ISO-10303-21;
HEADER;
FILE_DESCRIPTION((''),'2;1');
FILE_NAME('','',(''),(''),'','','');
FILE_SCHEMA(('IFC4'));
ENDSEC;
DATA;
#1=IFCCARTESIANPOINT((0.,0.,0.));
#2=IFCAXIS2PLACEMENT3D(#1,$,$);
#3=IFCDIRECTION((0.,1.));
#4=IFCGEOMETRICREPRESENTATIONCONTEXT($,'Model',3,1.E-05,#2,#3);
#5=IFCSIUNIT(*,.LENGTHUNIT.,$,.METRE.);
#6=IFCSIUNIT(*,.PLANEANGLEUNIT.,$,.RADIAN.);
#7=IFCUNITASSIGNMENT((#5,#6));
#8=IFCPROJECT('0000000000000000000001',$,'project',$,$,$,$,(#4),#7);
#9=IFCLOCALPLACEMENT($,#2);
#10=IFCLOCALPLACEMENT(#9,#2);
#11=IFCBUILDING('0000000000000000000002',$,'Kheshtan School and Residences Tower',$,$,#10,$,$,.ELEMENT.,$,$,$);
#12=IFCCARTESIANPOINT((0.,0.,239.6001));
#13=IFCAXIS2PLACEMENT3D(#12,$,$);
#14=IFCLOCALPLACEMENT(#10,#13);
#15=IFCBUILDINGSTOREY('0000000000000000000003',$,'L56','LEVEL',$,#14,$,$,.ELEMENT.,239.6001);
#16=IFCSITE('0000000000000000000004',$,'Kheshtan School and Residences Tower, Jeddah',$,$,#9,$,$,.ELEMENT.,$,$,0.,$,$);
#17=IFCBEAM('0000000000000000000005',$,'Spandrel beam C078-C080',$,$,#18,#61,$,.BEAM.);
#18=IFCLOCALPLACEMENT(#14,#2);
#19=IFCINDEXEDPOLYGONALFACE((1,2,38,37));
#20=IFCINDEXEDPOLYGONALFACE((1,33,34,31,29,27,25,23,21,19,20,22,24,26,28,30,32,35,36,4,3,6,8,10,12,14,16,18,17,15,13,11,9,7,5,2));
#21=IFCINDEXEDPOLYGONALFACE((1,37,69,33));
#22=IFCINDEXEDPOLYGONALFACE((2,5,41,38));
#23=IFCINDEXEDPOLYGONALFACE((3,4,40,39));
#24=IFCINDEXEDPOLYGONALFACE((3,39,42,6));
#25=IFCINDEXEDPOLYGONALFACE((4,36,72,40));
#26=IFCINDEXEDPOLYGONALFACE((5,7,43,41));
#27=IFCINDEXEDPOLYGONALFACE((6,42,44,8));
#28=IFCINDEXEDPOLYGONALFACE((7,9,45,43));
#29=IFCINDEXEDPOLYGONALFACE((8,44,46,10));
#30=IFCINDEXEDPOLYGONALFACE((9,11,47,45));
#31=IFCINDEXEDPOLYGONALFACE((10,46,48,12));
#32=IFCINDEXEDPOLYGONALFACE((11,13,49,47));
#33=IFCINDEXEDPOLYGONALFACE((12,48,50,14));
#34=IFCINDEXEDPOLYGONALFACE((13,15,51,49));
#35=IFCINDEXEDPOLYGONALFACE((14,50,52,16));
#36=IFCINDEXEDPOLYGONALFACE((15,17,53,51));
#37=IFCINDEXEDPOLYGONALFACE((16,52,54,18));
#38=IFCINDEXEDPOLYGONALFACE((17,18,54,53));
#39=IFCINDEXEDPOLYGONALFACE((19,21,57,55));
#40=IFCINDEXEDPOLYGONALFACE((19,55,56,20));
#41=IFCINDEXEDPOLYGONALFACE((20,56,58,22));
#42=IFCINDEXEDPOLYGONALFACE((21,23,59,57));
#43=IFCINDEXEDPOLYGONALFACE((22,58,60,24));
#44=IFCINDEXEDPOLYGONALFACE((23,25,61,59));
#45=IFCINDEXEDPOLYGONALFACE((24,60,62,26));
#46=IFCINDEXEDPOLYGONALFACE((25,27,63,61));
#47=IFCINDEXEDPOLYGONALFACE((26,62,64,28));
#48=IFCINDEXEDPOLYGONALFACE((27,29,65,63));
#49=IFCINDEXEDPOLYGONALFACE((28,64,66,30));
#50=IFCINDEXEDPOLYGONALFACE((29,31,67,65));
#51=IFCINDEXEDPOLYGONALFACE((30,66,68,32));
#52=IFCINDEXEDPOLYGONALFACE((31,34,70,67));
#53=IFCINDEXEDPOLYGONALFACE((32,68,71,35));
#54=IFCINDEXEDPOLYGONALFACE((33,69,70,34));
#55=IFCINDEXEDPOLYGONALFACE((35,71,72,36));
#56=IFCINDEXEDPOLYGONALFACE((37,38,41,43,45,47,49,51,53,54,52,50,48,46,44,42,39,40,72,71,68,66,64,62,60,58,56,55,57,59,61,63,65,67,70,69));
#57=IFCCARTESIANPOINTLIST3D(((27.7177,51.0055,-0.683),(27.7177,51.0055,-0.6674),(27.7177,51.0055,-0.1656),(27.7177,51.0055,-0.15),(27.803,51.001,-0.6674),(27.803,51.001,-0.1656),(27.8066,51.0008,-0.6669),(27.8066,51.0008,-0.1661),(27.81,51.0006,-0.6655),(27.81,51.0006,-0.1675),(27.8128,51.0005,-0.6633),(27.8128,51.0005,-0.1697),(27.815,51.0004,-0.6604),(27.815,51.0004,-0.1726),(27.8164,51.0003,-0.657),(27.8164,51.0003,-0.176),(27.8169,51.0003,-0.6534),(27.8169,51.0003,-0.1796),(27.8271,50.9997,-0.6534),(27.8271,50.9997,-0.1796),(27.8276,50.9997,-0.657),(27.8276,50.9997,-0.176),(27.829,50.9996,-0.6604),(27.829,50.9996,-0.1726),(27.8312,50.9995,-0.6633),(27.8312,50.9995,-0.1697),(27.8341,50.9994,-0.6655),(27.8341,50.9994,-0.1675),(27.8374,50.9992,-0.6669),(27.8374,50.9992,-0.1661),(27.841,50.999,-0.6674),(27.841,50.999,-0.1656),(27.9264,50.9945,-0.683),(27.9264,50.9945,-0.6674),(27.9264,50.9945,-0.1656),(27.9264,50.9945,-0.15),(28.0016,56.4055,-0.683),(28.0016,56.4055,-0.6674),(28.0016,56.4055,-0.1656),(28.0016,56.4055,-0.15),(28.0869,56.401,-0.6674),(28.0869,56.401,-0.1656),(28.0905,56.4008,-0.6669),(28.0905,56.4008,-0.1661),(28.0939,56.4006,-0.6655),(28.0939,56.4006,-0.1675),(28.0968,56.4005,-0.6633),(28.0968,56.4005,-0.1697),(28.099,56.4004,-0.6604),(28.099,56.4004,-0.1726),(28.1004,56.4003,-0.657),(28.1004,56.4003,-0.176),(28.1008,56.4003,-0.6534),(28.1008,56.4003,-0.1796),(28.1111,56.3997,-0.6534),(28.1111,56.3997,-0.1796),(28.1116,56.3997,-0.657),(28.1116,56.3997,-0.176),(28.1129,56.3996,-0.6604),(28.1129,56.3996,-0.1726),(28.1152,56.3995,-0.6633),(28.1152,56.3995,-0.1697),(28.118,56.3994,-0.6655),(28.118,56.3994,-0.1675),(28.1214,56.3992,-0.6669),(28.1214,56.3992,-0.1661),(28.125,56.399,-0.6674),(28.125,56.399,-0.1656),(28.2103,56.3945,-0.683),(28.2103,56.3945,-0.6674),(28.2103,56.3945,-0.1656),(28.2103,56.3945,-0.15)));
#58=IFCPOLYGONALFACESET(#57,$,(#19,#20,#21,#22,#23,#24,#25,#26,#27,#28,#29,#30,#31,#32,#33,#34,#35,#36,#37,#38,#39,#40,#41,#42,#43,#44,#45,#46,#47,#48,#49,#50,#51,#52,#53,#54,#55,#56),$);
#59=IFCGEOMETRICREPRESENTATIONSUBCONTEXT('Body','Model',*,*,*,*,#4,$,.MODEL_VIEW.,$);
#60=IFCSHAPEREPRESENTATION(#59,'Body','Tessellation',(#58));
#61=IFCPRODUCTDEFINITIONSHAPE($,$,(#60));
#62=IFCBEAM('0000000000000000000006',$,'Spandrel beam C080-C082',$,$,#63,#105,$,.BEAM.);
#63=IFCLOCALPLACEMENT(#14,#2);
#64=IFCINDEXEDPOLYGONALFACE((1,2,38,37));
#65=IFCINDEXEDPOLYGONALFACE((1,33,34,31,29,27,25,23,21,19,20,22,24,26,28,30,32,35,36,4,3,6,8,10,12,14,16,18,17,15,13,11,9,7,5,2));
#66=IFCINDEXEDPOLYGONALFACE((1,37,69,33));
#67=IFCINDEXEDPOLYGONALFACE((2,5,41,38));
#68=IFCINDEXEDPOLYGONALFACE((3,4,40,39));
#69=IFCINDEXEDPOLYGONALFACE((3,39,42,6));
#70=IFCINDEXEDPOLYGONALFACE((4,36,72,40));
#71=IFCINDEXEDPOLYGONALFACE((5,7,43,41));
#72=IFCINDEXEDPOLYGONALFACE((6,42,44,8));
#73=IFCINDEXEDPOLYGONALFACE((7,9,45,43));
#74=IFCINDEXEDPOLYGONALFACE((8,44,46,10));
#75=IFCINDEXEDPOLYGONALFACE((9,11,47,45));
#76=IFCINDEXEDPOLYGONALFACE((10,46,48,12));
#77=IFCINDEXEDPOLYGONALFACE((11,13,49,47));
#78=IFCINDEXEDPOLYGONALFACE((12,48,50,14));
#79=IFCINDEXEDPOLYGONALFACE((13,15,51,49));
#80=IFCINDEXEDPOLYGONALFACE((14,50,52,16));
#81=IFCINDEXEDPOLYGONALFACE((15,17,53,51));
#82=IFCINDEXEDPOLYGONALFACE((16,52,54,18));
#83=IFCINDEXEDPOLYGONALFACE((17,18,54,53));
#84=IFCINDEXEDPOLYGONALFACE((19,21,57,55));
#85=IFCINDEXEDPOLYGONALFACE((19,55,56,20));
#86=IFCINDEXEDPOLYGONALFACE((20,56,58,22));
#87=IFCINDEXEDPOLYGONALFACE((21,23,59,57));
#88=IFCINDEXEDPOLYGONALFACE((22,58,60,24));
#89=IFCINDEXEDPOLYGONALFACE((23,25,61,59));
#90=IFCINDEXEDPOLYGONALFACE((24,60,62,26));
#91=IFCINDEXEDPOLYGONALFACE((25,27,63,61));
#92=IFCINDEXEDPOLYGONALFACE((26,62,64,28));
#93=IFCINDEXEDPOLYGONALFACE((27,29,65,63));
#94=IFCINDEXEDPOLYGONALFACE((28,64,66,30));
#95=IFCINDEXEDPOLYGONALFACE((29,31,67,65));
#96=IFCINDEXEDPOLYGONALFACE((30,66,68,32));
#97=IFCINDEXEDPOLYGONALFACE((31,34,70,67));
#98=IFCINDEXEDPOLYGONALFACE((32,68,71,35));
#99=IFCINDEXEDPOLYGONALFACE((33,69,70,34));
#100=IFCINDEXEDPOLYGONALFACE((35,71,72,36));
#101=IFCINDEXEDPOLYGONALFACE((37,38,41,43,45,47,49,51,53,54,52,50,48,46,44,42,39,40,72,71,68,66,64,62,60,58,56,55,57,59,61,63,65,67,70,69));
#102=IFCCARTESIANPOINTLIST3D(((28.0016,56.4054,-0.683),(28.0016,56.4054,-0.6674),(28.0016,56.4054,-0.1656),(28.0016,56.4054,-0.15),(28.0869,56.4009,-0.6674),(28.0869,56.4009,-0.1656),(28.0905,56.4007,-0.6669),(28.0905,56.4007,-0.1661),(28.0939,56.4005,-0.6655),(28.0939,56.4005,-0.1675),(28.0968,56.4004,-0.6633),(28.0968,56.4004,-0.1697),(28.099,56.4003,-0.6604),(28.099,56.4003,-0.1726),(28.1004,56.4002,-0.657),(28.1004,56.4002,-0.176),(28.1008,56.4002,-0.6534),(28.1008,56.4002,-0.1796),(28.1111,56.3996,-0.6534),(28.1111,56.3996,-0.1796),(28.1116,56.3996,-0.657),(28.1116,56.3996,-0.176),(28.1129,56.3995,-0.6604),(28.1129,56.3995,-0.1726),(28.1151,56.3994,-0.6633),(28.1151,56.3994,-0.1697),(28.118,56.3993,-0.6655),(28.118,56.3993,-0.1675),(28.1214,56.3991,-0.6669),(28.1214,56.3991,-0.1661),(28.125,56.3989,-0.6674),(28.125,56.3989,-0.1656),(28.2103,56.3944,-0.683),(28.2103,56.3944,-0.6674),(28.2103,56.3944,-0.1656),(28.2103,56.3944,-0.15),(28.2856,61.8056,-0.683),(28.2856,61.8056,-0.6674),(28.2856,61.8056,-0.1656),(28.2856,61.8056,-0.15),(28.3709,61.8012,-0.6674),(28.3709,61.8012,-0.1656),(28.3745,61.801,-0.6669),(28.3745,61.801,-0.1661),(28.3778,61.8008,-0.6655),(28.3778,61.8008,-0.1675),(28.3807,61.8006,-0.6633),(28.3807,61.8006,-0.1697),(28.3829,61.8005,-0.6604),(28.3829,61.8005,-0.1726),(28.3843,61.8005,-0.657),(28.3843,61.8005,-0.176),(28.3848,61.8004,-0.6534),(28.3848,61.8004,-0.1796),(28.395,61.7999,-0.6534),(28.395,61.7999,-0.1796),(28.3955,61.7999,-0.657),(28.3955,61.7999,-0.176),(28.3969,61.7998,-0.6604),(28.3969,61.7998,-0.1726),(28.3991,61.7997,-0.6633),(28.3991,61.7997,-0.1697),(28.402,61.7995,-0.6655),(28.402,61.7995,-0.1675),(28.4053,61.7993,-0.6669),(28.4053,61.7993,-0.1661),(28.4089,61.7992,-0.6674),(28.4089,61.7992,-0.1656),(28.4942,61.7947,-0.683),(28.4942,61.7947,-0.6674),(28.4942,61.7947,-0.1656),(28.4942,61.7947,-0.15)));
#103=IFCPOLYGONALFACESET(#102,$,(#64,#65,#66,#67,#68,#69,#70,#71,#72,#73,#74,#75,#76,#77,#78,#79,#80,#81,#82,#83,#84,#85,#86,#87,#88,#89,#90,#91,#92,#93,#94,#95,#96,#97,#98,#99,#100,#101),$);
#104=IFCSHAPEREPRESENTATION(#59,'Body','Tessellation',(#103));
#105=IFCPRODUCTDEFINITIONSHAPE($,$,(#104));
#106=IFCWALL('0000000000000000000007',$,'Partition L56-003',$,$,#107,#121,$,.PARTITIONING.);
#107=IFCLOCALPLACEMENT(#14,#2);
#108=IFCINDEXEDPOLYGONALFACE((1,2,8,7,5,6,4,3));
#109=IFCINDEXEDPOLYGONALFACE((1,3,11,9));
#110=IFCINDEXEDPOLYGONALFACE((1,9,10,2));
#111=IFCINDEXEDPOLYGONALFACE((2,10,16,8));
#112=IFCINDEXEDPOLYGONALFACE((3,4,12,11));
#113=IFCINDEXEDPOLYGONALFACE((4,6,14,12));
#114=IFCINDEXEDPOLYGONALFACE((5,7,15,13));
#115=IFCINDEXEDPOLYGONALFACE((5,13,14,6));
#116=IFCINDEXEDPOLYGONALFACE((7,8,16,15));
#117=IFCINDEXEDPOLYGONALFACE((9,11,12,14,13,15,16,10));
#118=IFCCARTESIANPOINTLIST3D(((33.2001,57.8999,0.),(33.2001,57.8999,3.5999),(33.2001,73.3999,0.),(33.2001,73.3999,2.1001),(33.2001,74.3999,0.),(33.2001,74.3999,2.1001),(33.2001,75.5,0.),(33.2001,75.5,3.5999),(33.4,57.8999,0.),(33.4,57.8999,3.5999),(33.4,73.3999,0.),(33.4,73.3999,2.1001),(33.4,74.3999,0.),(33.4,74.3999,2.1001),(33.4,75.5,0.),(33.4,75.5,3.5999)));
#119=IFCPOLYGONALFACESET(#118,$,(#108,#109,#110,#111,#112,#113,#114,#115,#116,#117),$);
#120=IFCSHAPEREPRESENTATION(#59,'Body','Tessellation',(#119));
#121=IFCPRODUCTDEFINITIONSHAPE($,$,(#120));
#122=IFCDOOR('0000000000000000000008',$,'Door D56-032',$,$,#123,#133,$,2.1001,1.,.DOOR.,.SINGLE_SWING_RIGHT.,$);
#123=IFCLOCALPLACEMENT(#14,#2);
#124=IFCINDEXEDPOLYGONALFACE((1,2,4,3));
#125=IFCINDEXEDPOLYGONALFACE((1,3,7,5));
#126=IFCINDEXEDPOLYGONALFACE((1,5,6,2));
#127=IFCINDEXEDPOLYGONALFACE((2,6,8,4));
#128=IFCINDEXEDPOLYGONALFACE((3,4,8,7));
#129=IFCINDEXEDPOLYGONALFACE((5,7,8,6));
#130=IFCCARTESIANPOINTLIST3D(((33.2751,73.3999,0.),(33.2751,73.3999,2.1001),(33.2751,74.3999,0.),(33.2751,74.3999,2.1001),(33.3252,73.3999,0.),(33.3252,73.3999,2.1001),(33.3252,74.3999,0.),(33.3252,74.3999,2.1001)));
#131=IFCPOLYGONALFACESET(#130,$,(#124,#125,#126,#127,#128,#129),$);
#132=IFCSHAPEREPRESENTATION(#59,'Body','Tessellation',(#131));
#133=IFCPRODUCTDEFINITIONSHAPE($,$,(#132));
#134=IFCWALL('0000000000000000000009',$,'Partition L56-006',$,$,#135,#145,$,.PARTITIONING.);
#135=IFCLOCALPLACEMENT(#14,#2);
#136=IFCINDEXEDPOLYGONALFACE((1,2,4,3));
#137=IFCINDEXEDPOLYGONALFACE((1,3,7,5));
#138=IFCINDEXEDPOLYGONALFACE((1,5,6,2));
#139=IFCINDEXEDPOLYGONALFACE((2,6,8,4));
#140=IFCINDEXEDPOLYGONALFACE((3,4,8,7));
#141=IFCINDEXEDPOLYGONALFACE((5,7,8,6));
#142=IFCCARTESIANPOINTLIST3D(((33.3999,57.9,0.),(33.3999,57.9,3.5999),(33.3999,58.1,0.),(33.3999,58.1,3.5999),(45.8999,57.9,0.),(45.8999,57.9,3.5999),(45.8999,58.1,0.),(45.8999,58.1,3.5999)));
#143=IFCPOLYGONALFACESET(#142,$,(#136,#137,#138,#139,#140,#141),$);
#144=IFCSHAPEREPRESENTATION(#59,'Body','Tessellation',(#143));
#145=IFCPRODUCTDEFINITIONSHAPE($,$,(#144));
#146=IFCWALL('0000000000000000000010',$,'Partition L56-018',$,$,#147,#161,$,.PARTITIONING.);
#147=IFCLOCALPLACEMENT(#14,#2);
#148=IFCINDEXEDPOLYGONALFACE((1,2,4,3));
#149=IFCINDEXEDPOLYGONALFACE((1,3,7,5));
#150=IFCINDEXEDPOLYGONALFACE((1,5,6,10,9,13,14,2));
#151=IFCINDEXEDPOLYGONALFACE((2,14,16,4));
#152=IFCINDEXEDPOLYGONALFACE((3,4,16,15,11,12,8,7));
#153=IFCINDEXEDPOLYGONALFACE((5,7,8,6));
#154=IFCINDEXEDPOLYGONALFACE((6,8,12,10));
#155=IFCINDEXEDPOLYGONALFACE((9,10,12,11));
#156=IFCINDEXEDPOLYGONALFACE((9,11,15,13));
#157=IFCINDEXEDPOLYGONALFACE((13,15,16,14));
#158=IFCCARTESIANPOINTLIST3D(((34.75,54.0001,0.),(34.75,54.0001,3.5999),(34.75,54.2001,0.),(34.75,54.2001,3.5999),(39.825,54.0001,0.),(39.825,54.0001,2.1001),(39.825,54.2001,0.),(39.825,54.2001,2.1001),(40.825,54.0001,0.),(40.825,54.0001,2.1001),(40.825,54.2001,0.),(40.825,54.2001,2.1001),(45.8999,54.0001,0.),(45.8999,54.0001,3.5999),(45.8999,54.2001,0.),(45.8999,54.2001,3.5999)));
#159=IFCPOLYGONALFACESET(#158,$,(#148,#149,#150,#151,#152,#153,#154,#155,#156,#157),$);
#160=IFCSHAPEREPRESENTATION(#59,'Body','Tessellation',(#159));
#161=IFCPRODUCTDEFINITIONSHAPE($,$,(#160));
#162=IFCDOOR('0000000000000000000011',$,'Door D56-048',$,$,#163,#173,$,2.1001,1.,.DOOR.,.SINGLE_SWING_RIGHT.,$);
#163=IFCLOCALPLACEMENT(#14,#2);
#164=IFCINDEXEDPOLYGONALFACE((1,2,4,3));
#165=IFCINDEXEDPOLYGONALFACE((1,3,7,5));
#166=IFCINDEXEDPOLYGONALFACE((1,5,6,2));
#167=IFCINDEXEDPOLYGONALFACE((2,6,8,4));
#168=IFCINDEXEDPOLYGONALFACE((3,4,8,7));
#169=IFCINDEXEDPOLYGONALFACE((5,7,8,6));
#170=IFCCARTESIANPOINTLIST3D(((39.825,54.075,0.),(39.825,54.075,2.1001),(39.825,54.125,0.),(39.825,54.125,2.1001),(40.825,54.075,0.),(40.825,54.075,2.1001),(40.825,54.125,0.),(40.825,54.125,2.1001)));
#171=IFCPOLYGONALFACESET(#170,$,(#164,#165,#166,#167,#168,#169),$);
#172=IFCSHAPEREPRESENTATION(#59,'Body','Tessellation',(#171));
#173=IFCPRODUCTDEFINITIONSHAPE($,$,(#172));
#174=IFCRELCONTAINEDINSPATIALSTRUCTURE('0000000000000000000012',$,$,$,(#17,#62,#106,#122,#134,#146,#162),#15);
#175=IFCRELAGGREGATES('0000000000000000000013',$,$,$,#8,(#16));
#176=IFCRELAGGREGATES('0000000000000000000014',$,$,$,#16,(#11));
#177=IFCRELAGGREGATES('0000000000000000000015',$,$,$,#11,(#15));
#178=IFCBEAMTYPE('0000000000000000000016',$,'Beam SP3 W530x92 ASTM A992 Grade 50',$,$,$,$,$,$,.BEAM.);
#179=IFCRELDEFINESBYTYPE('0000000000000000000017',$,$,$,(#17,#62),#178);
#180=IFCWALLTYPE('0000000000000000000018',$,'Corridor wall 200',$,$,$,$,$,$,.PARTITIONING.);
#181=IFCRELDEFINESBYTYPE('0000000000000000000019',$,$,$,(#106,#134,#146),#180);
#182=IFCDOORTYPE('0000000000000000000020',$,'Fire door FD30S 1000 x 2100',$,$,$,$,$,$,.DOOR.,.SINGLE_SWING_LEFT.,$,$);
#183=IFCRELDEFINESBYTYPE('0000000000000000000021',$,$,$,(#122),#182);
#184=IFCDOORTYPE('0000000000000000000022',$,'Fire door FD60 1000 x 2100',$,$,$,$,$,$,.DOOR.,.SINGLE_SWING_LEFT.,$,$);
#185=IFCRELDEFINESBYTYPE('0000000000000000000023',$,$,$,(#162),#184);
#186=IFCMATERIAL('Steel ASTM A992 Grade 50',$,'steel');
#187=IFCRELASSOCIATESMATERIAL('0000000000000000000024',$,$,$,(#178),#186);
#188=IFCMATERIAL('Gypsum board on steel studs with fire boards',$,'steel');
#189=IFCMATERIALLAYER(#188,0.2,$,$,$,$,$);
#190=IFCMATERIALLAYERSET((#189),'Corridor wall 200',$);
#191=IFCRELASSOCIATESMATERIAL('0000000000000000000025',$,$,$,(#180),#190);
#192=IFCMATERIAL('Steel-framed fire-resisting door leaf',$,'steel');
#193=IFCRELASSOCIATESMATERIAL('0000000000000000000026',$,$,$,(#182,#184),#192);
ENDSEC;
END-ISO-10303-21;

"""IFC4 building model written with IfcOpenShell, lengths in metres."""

from ifc_helpers import new_model, si_unit, direction, frame, frame_2d, origin, origin_2d, place, context, subcontext, project, spatial, rectangle, i_section, extrude, source, transform, mapped, material, layer, layer_set, material_profile, profile_set, type_object, element, fill, save


model = new_model("IFC4")

# Units and contexts
model_context = context("Model", 3, precision=1e-05, world=origin(), true_north=direction((0.0, 1.0)))
body_context = subcontext(model_context, "Body", "Model", "MODEL_VIEW")
ifc_project = project(units=[si_unit("LENGTHUNIT", "METRE"), si_unit("PLANEANGLEUNIT", "RADIAN")], contexts=[model_context])

# Site, building, storey
site_placement = place(None, origin())
site = spatial("IfcSite", under=ifc_project, at=site_placement, Name="Kheshtan School and Residences Tower, Jeddah", CompositionType="ELEMENT", RefElevation=0.0)
building_placement = place(site_placement, origin())
building = spatial("IfcBuilding", under=site, at=building_placement, Name="Kheshtan School and Residences Tower", CompositionType="ELEMENT")
storey_placement = place(building_placement, frame((0.0, 0.0, 239.6001)))
storey = spatial("IfcBuildingStorey", under=building, at=storey_placement, Name="L56", Description="LEVEL", CompositionType="ELEMENT", Elevation=239.6001)

# Shared definitions
ifc_material_1 = material(Name="Steel ASTM A992 Grade 50", Category="steel")

# Beams
ifc_material_profile_1 = material_profile(ifc_material_1, i_section(OverallWidth=0.209, OverallDepth=0.533, WebThickness=0.0103, FlangeThickness=0.0156, FilletRadius=0.0139, at=origin_2d()), Name="W530x92")
ifc_profile_set_1 = profile_set([ifc_material_profile_1], Name="Steel ASTM A992 Grade 50")
beam_type = type_object("IfcBeamType", Name="Beam SP3 W530x92 ASTM A992 Grade 50", PredefinedType="BEAM", material=ifc_profile_set_1)
for number, where, z_axis, x_axis, name in (
    (1, (27.822, 51.0, -0.4165), (0.052509, 0.99862, 0.0), (-0.99862, 0.052509, 0.0), "Spandrel beam C078-C080"),
):
    element("IfcBeam", number, at=place(storey_placement, frame(where, z_axis=z_axis, x_axis=x_axis)), inside=storey, type_object=beam_type, Name=name, PredefinedType="BEAM", context=body_context, shape_type="SweptSolid", body=[
        extrude(i_section(OverallWidth=0.209, OverallDepth=0.533, WebThickness=0.0103, FlangeThickness=0.0156, FilletRadius=0.0139, at=origin_2d()), origin(), (0.0, 0.0, 1.0), 5.4075),
    ])
beam_placement = place(storey_placement, frame((28.106, 56.3999, -0.4165), z_axis=(0.052507, 0.998621, 0.0), x_axis=(-0.998621, 0.052507, 0.0)))
element("IfcBeam", 2, at=beam_placement, inside=storey, type_object=beam_type, Name="Spandrel beam C080-C082", PredefinedType="BEAM", context=body_context, shape_type="SweptSolid", body=[
    extrude(i_section(OverallWidth=0.209, OverallDepth=0.533, WebThickness=0.0103, FlangeThickness=0.0156, FilletRadius=0.0139, at=origin_2d()), origin(), (0.0, 0.0, 1.0), 5.4077),
])

# Wall, opening, door
ifc_material_2 = material(Name="Gypsum board on steel studs with fire boards", Category="steel")
ifc_layer_1 = layer(ifc_material_2, 0.2)
ifc_layer_set_1 = layer_set([ifc_layer_1], Name="Corridor wall 200")
wall_type_1 = type_object("IfcWallType", Name="Corridor wall 200", PredefinedType="PARTITIONING", material=ifc_layer_set_1)
wall_1_placement = place(storey_placement, frame((33.3, 57.8999, 0.0), z_axis=(0.0, 0.0, 1.0), x_axis=(0.0, 1.0, 0.0)))
wall_1 = element("IfcWall", 3, at=wall_1_placement, inside=storey, type_object=wall_type_1, Name="Partition L56-003", PredefinedType="PARTITIONING", context=body_context, shape_type="SweptSolid", body=[
    extrude(rectangle(XDim=17.6001, YDim=0.2, at=frame_2d((8.8, 0.0))), origin(), (0.0, 0.0, 1.0), 3.5999),
])
opening_1_placement = place(wall_1_placement, frame((15.5, 0.0, 0.0)))
opening_1 = element("IfcOpeningElement", 4, at=opening_1_placement, cuts=wall_1, PredefinedType="OPENING", context=body_context, shape_type="SweptSolid", body=[
    extrude(rectangle(XDim=1.0, YDim=2.1001, at=frame_2d((0.5, 1.05))), frame((0.0, 0.1099, 0.0), z_axis=(0.0, -1.0, 0.0), x_axis=(1.0, 0.0, 0.0)), (0.0, 0.0, 1.0), 0.22),
])
ifc_material_3 = material(Name="Steel-framed fire-resisting door leaf", Category="steel")
door_type_1 = type_object("IfcDoorType", Name="Fire door FD30S 1000 x 2100", OperationType="SINGLE_SWING_LEFT", PredefinedType="DOOR", material=ifc_material_3)
shared_shape_1 = source(origin(), body_context, "Body", "SweptSolid", [
    extrude(rectangle(XDim=1.0, YDim=2.1001, at=frame_2d((0.5, 1.05))), frame((0.0, 0.0249, 0.0), z_axis=(0.0, -1.0, 0.0), x_axis=(1.0, 0.0, 0.0)), (0.0, 0.0, 1.0), 0.05),
])
door_1_placement = place(opening_1_placement, origin())
door_1 = element("IfcDoor", 5, at=door_1_placement, inside=storey, type_object=door_type_1, Name="Door D56-032", OperationType="SINGLE_SWING_RIGHT", OverallHeight=2.1001, OverallWidth=1.0, PredefinedType="DOOR", context=body_context, shape_type="MappedRepresentation", body=[
    mapped(shared_shape_1, transform((0.0, 0.0, 0.0), x_axis=(1.0, 0.0, 0.0), y_axis=(0.0, 1.0, 0.0), z_axis=(0.0, 0.0, 1.0), scale=1.0)),
])
fill(opening_1, door_1)

# Wall
wall_2_placement = place(storey_placement, frame((33.3999, 58.0, 0.0), z_axis=(0.0, 0.0, 1.0), x_axis=(1.0, 0.0, 0.0)))
element("IfcWall", 6, at=wall_2_placement, inside=storey, type_object=wall_type_1, Name="Partition L56-006", PredefinedType="PARTITIONING", context=body_context, shape_type="SweptSolid", body=[
    extrude(rectangle(XDim=12.5, YDim=0.2, at=frame_2d((6.25, 0.0))), origin(), (0.0, 0.0, 1.0), 3.5999),
])

# Wall, opening, door
wall_3_placement = place(storey_placement, frame((34.75, 54.1001, 0.0), z_axis=(0.0, 0.0, 1.0), x_axis=(1.0, 0.0, 0.0)))
wall_3 = element("IfcWall", 7, at=wall_3_placement, inside=storey, type_object=wall_type_1, Name="Partition L56-018", PredefinedType="PARTITIONING", context=body_context, shape_type="SweptSolid", body=[
    extrude(rectangle(XDim=11.1499, YDim=0.2, at=frame_2d((5.575, 0.0))), origin(), (0.0, 0.0, 1.0), 3.5999),
])
opening_2_placement = place(wall_3_placement, frame((5.075, 0.0, 0.0)))
opening_2 = element("IfcOpeningElement", 8, at=opening_2_placement, cuts=wall_3, PredefinedType="OPENING", context=body_context, shape_type="SweptSolid", body=[
    extrude(rectangle(XDim=1.0, YDim=2.1001, at=frame_2d((0.5, 1.05))), frame((0.0, 0.1099, 0.0), z_axis=(0.0, -1.0, 0.0), x_axis=(1.0, 0.0, 0.0)), (0.0, 0.0, 1.0), 0.22),
])
door_type_2 = type_object("IfcDoorType", Name="Fire door FD60 1000 x 2100", OperationType="SINGLE_SWING_LEFT", PredefinedType="DOOR", material=ifc_material_3)
shared_shape_2 = source(origin(), body_context, "Body", "SweptSolid", [
    extrude(rectangle(XDim=1.0, YDim=2.1001, at=frame_2d((0.5, 1.05))), frame((0.0, 0.0249, 0.0), z_axis=(0.0, -1.0, 0.0), x_axis=(1.0, 0.0, 0.0)), (0.0, 0.0, 1.0), 0.05),
])
door_2_placement = place(opening_2_placement, origin())
door_2 = element("IfcDoor", 9, at=door_2_placement, inside=storey, type_object=door_type_2, Name="Door D56-048", OperationType="SINGLE_SWING_RIGHT", OverallHeight=2.1001, OverallWidth=1.0, PredefinedType="DOOR", context=body_context, shape_type="MappedRepresentation", body=[
    mapped(shared_shape_2, transform((0.0, 0.0, 0.0), x_axis=(1.0, 0.0, 0.0), y_axis=(0.0, 1.0, 0.0), z_axis=(0.0, 0.0, 1.0), scale=1.0)),
])
fill(opening_2, door_2)

save(model, "model.ifc")
